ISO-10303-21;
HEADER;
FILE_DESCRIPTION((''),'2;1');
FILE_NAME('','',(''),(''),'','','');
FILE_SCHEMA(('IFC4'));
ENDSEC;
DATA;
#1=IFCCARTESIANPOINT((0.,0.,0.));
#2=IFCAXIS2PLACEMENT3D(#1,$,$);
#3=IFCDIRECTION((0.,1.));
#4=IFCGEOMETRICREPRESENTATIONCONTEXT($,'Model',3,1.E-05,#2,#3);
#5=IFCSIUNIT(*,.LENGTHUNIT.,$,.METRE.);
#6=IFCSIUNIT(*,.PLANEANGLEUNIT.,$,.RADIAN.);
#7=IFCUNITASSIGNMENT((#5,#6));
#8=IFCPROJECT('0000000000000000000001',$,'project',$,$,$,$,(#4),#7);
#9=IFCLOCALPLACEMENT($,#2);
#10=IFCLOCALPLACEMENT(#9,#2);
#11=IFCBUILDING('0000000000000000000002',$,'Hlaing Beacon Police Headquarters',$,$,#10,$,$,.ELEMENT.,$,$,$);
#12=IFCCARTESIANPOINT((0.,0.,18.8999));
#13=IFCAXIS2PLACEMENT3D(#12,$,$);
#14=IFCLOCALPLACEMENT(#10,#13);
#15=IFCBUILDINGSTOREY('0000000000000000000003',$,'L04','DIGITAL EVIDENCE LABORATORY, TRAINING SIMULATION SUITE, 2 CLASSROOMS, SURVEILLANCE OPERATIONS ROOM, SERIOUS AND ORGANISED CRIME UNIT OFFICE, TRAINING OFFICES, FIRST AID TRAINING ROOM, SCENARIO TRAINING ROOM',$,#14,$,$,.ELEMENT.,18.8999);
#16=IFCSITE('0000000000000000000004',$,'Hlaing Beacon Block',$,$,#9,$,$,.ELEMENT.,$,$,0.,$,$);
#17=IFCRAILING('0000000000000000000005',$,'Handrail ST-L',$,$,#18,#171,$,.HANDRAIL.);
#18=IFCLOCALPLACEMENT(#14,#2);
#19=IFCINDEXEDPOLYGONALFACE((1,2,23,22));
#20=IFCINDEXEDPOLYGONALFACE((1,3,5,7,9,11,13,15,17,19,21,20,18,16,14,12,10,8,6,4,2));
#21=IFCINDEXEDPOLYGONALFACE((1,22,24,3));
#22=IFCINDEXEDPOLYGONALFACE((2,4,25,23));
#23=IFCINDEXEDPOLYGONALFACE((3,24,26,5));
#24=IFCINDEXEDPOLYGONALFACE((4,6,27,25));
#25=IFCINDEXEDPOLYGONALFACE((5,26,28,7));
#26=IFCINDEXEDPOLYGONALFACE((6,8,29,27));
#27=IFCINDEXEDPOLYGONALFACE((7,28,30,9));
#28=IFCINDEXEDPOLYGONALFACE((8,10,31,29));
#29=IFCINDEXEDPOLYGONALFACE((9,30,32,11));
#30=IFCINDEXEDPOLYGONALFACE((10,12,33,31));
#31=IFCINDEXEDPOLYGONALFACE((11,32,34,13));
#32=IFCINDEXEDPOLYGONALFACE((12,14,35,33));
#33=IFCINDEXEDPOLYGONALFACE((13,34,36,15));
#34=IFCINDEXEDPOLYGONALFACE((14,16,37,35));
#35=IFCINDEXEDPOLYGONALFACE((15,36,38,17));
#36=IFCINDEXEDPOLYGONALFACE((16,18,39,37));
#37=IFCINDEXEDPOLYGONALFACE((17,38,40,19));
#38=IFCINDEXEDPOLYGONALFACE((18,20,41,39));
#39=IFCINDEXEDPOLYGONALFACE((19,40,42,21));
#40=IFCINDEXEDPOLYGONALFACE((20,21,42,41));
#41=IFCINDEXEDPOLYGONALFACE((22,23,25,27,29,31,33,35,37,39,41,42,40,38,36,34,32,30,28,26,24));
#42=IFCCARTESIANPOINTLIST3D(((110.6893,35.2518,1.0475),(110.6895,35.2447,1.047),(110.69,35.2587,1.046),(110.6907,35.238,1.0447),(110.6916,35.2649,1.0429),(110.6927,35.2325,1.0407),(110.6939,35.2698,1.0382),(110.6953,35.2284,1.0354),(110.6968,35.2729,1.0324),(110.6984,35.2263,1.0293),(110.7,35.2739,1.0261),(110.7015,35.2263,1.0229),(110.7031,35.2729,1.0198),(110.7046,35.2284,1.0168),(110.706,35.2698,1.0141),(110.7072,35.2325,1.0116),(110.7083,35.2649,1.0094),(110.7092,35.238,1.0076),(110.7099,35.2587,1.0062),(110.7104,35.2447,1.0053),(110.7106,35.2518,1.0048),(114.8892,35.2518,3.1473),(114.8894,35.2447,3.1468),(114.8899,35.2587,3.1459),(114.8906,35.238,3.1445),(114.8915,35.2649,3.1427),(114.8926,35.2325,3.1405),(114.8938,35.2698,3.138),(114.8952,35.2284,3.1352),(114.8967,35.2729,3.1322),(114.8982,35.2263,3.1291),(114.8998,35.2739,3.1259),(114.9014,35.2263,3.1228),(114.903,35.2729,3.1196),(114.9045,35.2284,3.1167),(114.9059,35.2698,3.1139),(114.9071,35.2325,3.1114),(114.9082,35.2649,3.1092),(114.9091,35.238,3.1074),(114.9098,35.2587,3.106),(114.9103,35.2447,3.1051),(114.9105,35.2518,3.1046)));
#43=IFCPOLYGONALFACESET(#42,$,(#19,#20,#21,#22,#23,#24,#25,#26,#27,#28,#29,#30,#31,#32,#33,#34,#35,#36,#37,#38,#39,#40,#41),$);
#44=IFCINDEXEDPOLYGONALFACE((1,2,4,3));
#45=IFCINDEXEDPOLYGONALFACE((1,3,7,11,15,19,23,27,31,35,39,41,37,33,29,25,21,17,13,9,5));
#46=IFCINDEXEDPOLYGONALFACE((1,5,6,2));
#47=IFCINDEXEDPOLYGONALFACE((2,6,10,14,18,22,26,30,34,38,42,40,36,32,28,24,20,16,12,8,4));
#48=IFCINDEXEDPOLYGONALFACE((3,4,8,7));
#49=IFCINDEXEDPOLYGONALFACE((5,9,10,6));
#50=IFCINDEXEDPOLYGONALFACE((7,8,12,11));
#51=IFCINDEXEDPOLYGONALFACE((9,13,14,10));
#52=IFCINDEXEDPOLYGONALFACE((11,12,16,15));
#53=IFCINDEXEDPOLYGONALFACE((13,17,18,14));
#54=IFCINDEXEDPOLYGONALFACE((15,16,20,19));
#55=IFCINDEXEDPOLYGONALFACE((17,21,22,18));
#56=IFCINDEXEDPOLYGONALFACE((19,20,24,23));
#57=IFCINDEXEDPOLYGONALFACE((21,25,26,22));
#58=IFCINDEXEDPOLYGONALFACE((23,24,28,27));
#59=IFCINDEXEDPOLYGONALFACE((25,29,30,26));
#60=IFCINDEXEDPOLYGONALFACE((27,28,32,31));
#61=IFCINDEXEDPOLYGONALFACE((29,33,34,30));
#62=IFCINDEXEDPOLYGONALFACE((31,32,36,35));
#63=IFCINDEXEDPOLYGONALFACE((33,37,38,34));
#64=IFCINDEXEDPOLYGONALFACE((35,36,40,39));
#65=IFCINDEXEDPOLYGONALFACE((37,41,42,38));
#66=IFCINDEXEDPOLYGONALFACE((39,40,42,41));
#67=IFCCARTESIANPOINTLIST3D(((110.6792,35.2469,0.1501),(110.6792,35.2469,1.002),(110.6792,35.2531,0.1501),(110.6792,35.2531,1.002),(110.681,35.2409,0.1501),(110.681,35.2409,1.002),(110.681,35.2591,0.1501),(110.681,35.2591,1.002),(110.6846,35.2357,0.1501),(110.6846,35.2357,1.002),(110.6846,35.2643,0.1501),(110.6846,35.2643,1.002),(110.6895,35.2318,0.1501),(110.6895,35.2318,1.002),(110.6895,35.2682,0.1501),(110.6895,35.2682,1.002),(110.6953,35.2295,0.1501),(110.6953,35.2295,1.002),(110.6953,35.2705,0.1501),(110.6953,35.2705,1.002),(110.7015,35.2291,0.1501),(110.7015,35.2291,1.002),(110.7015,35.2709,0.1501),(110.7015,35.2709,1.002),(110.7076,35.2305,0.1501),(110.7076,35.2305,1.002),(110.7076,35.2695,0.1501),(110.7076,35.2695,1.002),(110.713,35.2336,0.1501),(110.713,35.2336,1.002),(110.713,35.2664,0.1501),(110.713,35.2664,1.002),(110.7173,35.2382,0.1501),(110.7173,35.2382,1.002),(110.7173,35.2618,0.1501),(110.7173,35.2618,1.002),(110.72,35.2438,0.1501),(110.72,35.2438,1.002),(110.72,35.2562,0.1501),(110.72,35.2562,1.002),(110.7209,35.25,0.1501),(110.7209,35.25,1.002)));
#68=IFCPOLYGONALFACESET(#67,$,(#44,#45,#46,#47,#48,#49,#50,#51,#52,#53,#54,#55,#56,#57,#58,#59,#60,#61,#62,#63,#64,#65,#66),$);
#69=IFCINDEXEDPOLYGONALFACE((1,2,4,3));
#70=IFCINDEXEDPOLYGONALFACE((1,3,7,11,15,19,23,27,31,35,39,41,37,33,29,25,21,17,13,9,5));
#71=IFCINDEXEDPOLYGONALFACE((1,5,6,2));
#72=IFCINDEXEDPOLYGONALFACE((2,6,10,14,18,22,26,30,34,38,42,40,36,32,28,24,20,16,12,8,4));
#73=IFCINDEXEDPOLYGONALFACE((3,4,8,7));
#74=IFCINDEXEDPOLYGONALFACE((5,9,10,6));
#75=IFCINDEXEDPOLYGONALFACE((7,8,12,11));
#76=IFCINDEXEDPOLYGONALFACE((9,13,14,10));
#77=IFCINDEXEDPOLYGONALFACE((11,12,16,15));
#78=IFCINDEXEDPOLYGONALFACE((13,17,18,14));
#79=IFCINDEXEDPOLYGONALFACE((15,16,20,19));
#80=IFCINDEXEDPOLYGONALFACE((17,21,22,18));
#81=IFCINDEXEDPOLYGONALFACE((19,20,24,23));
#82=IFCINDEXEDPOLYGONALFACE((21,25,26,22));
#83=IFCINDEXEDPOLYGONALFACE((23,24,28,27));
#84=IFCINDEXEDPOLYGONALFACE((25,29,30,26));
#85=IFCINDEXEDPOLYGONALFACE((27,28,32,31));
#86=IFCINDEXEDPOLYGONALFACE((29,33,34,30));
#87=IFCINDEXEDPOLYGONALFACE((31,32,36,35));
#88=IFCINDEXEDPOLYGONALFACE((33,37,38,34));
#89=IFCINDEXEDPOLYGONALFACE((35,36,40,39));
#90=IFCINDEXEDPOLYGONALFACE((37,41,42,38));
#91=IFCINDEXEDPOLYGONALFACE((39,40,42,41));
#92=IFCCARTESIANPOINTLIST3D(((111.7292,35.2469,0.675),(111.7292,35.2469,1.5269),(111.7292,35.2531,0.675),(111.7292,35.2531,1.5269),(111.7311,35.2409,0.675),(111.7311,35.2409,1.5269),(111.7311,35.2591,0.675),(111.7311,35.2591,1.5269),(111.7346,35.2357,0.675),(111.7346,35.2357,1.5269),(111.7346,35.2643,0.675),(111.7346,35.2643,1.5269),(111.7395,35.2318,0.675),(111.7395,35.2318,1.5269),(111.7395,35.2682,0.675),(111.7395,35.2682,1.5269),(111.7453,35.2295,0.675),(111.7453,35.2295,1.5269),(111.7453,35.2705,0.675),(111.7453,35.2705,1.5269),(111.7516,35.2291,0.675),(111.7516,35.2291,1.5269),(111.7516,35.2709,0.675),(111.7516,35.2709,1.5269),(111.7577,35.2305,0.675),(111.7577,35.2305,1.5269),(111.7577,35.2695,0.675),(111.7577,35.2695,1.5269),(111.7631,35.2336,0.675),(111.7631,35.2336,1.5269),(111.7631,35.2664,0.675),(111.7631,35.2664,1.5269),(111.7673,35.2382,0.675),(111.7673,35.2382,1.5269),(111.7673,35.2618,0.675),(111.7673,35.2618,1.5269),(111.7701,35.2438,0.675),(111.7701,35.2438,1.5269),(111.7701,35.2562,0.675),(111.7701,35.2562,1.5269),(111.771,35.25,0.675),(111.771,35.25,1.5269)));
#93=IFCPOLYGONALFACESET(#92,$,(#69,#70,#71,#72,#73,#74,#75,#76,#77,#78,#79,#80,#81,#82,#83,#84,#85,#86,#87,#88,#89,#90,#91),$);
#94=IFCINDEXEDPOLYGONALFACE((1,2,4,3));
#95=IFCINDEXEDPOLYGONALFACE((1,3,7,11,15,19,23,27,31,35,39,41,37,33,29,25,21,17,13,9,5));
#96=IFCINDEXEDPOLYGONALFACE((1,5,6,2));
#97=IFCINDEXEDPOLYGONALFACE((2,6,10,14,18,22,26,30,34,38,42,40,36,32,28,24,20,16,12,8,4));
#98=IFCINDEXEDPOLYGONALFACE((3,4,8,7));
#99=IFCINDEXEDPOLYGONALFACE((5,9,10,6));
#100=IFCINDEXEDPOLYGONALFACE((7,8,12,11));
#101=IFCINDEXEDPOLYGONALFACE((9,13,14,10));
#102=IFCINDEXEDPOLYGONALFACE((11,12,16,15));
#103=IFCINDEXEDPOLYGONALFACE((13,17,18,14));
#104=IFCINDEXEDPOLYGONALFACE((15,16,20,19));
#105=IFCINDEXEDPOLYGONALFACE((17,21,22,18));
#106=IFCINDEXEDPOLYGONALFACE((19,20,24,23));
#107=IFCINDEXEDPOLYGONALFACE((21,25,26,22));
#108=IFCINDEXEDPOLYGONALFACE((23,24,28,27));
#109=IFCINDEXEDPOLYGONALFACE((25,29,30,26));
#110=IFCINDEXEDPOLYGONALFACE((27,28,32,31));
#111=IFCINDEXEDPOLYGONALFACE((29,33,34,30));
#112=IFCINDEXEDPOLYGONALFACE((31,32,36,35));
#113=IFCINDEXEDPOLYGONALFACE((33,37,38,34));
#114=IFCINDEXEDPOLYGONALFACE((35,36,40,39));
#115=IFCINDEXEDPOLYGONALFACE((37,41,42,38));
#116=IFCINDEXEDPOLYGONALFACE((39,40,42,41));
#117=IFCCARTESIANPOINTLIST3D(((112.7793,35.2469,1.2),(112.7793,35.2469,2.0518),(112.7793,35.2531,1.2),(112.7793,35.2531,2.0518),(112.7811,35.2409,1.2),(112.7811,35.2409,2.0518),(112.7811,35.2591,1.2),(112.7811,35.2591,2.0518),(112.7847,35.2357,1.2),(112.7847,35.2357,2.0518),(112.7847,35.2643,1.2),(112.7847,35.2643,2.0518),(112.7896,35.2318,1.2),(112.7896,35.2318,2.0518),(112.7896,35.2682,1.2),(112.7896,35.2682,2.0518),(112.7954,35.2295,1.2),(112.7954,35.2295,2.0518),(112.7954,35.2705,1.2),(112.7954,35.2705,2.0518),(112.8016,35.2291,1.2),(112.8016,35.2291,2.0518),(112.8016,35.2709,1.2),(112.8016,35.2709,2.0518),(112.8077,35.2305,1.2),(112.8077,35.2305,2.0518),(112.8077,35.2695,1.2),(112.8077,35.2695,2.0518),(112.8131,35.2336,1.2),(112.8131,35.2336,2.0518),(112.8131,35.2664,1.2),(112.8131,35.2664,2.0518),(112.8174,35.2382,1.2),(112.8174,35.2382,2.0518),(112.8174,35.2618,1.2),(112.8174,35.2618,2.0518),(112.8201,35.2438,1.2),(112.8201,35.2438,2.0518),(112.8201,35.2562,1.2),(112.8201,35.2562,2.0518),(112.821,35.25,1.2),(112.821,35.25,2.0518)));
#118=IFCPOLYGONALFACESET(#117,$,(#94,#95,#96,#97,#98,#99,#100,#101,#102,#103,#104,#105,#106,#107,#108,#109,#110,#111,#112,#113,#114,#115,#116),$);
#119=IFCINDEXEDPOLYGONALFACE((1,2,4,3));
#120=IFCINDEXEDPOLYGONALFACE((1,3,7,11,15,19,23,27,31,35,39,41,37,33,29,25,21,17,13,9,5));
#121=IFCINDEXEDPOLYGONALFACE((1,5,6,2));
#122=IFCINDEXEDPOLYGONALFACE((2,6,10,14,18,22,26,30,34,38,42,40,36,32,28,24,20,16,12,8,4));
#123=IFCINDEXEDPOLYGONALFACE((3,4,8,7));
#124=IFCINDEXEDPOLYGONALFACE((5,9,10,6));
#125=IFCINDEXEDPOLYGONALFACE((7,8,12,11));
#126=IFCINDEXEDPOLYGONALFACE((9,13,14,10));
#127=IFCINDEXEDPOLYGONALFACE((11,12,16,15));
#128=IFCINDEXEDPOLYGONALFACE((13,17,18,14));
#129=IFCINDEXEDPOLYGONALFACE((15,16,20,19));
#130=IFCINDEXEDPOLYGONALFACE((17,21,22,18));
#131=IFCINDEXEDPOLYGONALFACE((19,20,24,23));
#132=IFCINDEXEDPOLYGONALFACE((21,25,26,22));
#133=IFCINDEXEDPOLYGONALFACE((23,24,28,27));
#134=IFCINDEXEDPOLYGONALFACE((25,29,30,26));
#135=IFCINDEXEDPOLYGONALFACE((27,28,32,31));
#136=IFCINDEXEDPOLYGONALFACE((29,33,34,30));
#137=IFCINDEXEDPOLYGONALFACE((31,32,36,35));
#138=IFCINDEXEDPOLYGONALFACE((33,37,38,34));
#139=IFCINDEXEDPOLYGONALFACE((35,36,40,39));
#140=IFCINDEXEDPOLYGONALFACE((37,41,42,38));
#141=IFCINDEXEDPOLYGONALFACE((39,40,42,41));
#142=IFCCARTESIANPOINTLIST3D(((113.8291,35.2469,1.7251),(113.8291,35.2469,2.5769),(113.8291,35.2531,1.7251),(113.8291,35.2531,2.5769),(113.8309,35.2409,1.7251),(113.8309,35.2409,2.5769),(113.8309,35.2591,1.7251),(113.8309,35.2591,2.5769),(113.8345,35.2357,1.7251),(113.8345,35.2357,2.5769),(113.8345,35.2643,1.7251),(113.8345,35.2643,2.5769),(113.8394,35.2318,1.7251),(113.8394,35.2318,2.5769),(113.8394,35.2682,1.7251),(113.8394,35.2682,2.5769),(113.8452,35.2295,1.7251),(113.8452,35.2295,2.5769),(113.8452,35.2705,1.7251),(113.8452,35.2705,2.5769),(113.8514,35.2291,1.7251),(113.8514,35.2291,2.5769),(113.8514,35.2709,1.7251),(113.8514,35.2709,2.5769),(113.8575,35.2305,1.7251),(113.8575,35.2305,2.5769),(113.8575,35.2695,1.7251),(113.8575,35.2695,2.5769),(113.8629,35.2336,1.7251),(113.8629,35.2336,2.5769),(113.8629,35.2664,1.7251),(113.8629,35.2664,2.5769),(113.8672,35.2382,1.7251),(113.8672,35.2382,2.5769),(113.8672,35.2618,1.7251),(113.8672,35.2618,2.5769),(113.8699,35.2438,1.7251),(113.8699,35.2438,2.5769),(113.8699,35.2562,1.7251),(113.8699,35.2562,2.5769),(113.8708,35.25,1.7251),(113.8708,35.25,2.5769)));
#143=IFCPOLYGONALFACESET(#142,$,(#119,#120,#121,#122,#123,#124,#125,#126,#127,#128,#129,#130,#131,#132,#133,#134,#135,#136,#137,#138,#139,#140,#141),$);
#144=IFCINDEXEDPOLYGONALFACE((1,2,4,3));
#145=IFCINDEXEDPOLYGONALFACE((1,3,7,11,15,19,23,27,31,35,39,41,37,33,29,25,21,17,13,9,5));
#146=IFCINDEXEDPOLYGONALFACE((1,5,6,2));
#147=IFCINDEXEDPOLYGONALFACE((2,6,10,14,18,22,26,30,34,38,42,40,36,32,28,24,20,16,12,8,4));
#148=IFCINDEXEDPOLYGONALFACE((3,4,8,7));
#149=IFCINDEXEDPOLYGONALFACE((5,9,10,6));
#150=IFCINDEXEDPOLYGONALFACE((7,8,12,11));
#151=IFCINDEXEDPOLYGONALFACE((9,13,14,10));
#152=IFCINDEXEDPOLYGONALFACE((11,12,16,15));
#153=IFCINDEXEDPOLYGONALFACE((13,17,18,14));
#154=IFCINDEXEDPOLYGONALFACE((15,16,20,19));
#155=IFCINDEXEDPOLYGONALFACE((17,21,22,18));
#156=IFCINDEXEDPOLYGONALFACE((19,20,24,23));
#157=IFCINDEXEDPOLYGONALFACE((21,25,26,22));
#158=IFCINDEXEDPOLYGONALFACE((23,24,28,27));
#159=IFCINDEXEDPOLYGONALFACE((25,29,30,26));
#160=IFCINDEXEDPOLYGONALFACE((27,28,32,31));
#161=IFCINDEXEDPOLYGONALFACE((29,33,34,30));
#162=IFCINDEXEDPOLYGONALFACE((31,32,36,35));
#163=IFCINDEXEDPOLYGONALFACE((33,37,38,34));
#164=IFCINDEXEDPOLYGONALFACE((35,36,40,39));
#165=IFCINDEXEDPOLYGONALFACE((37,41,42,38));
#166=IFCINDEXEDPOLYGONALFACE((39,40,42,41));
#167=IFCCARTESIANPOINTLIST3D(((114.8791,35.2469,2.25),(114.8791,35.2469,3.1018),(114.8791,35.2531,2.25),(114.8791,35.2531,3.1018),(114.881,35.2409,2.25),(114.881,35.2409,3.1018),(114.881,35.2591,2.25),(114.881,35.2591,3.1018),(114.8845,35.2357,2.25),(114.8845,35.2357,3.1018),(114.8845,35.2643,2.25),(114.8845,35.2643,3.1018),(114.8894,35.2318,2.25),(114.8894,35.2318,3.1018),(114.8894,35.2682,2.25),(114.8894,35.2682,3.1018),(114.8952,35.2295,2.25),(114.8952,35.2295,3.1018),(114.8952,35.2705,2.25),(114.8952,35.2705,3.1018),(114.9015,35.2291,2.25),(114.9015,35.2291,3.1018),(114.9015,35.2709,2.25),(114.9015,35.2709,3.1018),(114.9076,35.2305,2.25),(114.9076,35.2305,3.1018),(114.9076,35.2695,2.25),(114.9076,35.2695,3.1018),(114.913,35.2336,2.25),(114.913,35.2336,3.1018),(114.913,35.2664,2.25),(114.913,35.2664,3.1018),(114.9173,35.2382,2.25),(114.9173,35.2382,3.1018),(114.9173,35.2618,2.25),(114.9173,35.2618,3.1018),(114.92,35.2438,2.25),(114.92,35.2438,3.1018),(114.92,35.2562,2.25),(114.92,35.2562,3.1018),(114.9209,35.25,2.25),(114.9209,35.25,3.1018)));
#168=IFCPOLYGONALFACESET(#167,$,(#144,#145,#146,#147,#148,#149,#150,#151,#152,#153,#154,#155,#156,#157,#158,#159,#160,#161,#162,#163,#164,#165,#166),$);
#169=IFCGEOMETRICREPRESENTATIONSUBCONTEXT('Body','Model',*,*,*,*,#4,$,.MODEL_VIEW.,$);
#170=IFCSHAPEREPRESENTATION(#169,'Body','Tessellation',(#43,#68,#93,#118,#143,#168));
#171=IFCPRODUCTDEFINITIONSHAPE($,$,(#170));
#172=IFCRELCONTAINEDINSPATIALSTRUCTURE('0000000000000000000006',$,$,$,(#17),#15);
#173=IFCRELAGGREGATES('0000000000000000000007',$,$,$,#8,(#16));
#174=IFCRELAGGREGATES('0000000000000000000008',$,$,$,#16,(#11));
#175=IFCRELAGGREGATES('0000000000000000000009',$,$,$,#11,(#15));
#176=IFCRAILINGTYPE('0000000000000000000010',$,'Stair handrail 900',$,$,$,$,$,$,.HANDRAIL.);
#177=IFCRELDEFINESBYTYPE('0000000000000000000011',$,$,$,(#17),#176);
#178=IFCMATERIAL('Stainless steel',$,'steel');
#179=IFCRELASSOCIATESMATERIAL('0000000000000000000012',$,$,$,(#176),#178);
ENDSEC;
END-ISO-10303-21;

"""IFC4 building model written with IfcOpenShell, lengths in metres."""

from ifc_helpers import new_model, si_unit, direction, frame, origin, origin_2d, place, context, subcontext, project, spatial, circle, extrude, material, type_object, element, save


model = new_model("IFC4")

# Units and contexts
model_context = context("Model", 3, precision=1e-05, world=origin(), true_north=direction((0.0, 1.0)))
body_context = subcontext(model_context, "Body", "Model", "MODEL_VIEW")
ifc_project = project(units=[si_unit("LENGTHUNIT", "METRE"), si_unit("PLANEANGLEUNIT", "RADIAN")], contexts=[model_context])

# Site, building, storey
site_placement = place(None, origin())
site = spatial("IfcSite", under=ifc_project, at=site_placement, Name="Hlaing Beacon Block", CompositionType="ELEMENT", RefElevation=0.0)
building_placement = place(site_placement, origin())
building = spatial("IfcBuilding", under=site, at=building_placement, Name="Hlaing Beacon Police Headquarters", CompositionType="ELEMENT")
storey_placement = place(building_placement, frame((0.0, 0.0, 18.8999)))
storey = spatial("IfcBuildingStorey", under=building, at=storey_placement, Name="L04", Description="DIGITAL EVIDENCE LABORATORY, TRAINING SIMULATION SUITE, 2 CLASSROOMS, SURVEILLANCE OPERATIONS ROOM, SERIOUS AND ORGANISED CRIME UNIT OFFICE, TRAINING OFFICES, FIRST AID TRAINING ROOM, SCENARIO TRAINING ROOM", CompositionType="ELEMENT", Elevation=18.8999)

# Railing
ifc_material_1 = material(Name="Stainless steel", Category="steel")
railing_type_1 = type_object("IfcRailingType", Name="Stair handrail 900", PredefinedType="HANDRAIL", material=ifc_material_1)
for number, where, name in (
    (1, (110.7, 35.25, 0.1501), "Handrail ST-L"),
):
    element("IfcRailing", number, at=place(storey_placement, frame(where)), inside=storey, type_object=railing_type_1, Name=name, PredefinedType="HANDRAIL", context=body_context, shape_type="SweptSolid", body=[
        extrude(circle(Radius=0.0239, at=origin_2d()), frame((0.0, 0.0, 0.876), z_axis=(0.894438, 0.0, 0.447193), x_axis=(0.0, 1.0, 0.0)), (0.0, 0.0, 1.0), 4.6956),
        extrude(circle(Radius=0.021, at=origin_2d()), origin(), (0.0, 0.0, 1.0), 0.8518),
        extrude(circle(Radius=0.021, at=origin_2d()), frame((1.05, 0.0, 0.5249)), (0.0, 0.0, 1.0), 0.8518),
        extrude(circle(Radius=0.021, at=origin_2d()), frame((2.1001, 0.0, 1.0498)), (0.0, 0.0, 1.0), 0.8518),
        extrude(circle(Radius=0.021, at=origin_2d()), frame((3.1499, 0.0, 1.575)), (0.0, 0.0, 1.0), 0.8518),
        extrude(circle(Radius=0.021, at=origin_2d()), frame((4.2, 0.0, 2.0999)), (0.0, 0.0, 1.0), 0.8518),
    ])

save(model, "model.ifc")
